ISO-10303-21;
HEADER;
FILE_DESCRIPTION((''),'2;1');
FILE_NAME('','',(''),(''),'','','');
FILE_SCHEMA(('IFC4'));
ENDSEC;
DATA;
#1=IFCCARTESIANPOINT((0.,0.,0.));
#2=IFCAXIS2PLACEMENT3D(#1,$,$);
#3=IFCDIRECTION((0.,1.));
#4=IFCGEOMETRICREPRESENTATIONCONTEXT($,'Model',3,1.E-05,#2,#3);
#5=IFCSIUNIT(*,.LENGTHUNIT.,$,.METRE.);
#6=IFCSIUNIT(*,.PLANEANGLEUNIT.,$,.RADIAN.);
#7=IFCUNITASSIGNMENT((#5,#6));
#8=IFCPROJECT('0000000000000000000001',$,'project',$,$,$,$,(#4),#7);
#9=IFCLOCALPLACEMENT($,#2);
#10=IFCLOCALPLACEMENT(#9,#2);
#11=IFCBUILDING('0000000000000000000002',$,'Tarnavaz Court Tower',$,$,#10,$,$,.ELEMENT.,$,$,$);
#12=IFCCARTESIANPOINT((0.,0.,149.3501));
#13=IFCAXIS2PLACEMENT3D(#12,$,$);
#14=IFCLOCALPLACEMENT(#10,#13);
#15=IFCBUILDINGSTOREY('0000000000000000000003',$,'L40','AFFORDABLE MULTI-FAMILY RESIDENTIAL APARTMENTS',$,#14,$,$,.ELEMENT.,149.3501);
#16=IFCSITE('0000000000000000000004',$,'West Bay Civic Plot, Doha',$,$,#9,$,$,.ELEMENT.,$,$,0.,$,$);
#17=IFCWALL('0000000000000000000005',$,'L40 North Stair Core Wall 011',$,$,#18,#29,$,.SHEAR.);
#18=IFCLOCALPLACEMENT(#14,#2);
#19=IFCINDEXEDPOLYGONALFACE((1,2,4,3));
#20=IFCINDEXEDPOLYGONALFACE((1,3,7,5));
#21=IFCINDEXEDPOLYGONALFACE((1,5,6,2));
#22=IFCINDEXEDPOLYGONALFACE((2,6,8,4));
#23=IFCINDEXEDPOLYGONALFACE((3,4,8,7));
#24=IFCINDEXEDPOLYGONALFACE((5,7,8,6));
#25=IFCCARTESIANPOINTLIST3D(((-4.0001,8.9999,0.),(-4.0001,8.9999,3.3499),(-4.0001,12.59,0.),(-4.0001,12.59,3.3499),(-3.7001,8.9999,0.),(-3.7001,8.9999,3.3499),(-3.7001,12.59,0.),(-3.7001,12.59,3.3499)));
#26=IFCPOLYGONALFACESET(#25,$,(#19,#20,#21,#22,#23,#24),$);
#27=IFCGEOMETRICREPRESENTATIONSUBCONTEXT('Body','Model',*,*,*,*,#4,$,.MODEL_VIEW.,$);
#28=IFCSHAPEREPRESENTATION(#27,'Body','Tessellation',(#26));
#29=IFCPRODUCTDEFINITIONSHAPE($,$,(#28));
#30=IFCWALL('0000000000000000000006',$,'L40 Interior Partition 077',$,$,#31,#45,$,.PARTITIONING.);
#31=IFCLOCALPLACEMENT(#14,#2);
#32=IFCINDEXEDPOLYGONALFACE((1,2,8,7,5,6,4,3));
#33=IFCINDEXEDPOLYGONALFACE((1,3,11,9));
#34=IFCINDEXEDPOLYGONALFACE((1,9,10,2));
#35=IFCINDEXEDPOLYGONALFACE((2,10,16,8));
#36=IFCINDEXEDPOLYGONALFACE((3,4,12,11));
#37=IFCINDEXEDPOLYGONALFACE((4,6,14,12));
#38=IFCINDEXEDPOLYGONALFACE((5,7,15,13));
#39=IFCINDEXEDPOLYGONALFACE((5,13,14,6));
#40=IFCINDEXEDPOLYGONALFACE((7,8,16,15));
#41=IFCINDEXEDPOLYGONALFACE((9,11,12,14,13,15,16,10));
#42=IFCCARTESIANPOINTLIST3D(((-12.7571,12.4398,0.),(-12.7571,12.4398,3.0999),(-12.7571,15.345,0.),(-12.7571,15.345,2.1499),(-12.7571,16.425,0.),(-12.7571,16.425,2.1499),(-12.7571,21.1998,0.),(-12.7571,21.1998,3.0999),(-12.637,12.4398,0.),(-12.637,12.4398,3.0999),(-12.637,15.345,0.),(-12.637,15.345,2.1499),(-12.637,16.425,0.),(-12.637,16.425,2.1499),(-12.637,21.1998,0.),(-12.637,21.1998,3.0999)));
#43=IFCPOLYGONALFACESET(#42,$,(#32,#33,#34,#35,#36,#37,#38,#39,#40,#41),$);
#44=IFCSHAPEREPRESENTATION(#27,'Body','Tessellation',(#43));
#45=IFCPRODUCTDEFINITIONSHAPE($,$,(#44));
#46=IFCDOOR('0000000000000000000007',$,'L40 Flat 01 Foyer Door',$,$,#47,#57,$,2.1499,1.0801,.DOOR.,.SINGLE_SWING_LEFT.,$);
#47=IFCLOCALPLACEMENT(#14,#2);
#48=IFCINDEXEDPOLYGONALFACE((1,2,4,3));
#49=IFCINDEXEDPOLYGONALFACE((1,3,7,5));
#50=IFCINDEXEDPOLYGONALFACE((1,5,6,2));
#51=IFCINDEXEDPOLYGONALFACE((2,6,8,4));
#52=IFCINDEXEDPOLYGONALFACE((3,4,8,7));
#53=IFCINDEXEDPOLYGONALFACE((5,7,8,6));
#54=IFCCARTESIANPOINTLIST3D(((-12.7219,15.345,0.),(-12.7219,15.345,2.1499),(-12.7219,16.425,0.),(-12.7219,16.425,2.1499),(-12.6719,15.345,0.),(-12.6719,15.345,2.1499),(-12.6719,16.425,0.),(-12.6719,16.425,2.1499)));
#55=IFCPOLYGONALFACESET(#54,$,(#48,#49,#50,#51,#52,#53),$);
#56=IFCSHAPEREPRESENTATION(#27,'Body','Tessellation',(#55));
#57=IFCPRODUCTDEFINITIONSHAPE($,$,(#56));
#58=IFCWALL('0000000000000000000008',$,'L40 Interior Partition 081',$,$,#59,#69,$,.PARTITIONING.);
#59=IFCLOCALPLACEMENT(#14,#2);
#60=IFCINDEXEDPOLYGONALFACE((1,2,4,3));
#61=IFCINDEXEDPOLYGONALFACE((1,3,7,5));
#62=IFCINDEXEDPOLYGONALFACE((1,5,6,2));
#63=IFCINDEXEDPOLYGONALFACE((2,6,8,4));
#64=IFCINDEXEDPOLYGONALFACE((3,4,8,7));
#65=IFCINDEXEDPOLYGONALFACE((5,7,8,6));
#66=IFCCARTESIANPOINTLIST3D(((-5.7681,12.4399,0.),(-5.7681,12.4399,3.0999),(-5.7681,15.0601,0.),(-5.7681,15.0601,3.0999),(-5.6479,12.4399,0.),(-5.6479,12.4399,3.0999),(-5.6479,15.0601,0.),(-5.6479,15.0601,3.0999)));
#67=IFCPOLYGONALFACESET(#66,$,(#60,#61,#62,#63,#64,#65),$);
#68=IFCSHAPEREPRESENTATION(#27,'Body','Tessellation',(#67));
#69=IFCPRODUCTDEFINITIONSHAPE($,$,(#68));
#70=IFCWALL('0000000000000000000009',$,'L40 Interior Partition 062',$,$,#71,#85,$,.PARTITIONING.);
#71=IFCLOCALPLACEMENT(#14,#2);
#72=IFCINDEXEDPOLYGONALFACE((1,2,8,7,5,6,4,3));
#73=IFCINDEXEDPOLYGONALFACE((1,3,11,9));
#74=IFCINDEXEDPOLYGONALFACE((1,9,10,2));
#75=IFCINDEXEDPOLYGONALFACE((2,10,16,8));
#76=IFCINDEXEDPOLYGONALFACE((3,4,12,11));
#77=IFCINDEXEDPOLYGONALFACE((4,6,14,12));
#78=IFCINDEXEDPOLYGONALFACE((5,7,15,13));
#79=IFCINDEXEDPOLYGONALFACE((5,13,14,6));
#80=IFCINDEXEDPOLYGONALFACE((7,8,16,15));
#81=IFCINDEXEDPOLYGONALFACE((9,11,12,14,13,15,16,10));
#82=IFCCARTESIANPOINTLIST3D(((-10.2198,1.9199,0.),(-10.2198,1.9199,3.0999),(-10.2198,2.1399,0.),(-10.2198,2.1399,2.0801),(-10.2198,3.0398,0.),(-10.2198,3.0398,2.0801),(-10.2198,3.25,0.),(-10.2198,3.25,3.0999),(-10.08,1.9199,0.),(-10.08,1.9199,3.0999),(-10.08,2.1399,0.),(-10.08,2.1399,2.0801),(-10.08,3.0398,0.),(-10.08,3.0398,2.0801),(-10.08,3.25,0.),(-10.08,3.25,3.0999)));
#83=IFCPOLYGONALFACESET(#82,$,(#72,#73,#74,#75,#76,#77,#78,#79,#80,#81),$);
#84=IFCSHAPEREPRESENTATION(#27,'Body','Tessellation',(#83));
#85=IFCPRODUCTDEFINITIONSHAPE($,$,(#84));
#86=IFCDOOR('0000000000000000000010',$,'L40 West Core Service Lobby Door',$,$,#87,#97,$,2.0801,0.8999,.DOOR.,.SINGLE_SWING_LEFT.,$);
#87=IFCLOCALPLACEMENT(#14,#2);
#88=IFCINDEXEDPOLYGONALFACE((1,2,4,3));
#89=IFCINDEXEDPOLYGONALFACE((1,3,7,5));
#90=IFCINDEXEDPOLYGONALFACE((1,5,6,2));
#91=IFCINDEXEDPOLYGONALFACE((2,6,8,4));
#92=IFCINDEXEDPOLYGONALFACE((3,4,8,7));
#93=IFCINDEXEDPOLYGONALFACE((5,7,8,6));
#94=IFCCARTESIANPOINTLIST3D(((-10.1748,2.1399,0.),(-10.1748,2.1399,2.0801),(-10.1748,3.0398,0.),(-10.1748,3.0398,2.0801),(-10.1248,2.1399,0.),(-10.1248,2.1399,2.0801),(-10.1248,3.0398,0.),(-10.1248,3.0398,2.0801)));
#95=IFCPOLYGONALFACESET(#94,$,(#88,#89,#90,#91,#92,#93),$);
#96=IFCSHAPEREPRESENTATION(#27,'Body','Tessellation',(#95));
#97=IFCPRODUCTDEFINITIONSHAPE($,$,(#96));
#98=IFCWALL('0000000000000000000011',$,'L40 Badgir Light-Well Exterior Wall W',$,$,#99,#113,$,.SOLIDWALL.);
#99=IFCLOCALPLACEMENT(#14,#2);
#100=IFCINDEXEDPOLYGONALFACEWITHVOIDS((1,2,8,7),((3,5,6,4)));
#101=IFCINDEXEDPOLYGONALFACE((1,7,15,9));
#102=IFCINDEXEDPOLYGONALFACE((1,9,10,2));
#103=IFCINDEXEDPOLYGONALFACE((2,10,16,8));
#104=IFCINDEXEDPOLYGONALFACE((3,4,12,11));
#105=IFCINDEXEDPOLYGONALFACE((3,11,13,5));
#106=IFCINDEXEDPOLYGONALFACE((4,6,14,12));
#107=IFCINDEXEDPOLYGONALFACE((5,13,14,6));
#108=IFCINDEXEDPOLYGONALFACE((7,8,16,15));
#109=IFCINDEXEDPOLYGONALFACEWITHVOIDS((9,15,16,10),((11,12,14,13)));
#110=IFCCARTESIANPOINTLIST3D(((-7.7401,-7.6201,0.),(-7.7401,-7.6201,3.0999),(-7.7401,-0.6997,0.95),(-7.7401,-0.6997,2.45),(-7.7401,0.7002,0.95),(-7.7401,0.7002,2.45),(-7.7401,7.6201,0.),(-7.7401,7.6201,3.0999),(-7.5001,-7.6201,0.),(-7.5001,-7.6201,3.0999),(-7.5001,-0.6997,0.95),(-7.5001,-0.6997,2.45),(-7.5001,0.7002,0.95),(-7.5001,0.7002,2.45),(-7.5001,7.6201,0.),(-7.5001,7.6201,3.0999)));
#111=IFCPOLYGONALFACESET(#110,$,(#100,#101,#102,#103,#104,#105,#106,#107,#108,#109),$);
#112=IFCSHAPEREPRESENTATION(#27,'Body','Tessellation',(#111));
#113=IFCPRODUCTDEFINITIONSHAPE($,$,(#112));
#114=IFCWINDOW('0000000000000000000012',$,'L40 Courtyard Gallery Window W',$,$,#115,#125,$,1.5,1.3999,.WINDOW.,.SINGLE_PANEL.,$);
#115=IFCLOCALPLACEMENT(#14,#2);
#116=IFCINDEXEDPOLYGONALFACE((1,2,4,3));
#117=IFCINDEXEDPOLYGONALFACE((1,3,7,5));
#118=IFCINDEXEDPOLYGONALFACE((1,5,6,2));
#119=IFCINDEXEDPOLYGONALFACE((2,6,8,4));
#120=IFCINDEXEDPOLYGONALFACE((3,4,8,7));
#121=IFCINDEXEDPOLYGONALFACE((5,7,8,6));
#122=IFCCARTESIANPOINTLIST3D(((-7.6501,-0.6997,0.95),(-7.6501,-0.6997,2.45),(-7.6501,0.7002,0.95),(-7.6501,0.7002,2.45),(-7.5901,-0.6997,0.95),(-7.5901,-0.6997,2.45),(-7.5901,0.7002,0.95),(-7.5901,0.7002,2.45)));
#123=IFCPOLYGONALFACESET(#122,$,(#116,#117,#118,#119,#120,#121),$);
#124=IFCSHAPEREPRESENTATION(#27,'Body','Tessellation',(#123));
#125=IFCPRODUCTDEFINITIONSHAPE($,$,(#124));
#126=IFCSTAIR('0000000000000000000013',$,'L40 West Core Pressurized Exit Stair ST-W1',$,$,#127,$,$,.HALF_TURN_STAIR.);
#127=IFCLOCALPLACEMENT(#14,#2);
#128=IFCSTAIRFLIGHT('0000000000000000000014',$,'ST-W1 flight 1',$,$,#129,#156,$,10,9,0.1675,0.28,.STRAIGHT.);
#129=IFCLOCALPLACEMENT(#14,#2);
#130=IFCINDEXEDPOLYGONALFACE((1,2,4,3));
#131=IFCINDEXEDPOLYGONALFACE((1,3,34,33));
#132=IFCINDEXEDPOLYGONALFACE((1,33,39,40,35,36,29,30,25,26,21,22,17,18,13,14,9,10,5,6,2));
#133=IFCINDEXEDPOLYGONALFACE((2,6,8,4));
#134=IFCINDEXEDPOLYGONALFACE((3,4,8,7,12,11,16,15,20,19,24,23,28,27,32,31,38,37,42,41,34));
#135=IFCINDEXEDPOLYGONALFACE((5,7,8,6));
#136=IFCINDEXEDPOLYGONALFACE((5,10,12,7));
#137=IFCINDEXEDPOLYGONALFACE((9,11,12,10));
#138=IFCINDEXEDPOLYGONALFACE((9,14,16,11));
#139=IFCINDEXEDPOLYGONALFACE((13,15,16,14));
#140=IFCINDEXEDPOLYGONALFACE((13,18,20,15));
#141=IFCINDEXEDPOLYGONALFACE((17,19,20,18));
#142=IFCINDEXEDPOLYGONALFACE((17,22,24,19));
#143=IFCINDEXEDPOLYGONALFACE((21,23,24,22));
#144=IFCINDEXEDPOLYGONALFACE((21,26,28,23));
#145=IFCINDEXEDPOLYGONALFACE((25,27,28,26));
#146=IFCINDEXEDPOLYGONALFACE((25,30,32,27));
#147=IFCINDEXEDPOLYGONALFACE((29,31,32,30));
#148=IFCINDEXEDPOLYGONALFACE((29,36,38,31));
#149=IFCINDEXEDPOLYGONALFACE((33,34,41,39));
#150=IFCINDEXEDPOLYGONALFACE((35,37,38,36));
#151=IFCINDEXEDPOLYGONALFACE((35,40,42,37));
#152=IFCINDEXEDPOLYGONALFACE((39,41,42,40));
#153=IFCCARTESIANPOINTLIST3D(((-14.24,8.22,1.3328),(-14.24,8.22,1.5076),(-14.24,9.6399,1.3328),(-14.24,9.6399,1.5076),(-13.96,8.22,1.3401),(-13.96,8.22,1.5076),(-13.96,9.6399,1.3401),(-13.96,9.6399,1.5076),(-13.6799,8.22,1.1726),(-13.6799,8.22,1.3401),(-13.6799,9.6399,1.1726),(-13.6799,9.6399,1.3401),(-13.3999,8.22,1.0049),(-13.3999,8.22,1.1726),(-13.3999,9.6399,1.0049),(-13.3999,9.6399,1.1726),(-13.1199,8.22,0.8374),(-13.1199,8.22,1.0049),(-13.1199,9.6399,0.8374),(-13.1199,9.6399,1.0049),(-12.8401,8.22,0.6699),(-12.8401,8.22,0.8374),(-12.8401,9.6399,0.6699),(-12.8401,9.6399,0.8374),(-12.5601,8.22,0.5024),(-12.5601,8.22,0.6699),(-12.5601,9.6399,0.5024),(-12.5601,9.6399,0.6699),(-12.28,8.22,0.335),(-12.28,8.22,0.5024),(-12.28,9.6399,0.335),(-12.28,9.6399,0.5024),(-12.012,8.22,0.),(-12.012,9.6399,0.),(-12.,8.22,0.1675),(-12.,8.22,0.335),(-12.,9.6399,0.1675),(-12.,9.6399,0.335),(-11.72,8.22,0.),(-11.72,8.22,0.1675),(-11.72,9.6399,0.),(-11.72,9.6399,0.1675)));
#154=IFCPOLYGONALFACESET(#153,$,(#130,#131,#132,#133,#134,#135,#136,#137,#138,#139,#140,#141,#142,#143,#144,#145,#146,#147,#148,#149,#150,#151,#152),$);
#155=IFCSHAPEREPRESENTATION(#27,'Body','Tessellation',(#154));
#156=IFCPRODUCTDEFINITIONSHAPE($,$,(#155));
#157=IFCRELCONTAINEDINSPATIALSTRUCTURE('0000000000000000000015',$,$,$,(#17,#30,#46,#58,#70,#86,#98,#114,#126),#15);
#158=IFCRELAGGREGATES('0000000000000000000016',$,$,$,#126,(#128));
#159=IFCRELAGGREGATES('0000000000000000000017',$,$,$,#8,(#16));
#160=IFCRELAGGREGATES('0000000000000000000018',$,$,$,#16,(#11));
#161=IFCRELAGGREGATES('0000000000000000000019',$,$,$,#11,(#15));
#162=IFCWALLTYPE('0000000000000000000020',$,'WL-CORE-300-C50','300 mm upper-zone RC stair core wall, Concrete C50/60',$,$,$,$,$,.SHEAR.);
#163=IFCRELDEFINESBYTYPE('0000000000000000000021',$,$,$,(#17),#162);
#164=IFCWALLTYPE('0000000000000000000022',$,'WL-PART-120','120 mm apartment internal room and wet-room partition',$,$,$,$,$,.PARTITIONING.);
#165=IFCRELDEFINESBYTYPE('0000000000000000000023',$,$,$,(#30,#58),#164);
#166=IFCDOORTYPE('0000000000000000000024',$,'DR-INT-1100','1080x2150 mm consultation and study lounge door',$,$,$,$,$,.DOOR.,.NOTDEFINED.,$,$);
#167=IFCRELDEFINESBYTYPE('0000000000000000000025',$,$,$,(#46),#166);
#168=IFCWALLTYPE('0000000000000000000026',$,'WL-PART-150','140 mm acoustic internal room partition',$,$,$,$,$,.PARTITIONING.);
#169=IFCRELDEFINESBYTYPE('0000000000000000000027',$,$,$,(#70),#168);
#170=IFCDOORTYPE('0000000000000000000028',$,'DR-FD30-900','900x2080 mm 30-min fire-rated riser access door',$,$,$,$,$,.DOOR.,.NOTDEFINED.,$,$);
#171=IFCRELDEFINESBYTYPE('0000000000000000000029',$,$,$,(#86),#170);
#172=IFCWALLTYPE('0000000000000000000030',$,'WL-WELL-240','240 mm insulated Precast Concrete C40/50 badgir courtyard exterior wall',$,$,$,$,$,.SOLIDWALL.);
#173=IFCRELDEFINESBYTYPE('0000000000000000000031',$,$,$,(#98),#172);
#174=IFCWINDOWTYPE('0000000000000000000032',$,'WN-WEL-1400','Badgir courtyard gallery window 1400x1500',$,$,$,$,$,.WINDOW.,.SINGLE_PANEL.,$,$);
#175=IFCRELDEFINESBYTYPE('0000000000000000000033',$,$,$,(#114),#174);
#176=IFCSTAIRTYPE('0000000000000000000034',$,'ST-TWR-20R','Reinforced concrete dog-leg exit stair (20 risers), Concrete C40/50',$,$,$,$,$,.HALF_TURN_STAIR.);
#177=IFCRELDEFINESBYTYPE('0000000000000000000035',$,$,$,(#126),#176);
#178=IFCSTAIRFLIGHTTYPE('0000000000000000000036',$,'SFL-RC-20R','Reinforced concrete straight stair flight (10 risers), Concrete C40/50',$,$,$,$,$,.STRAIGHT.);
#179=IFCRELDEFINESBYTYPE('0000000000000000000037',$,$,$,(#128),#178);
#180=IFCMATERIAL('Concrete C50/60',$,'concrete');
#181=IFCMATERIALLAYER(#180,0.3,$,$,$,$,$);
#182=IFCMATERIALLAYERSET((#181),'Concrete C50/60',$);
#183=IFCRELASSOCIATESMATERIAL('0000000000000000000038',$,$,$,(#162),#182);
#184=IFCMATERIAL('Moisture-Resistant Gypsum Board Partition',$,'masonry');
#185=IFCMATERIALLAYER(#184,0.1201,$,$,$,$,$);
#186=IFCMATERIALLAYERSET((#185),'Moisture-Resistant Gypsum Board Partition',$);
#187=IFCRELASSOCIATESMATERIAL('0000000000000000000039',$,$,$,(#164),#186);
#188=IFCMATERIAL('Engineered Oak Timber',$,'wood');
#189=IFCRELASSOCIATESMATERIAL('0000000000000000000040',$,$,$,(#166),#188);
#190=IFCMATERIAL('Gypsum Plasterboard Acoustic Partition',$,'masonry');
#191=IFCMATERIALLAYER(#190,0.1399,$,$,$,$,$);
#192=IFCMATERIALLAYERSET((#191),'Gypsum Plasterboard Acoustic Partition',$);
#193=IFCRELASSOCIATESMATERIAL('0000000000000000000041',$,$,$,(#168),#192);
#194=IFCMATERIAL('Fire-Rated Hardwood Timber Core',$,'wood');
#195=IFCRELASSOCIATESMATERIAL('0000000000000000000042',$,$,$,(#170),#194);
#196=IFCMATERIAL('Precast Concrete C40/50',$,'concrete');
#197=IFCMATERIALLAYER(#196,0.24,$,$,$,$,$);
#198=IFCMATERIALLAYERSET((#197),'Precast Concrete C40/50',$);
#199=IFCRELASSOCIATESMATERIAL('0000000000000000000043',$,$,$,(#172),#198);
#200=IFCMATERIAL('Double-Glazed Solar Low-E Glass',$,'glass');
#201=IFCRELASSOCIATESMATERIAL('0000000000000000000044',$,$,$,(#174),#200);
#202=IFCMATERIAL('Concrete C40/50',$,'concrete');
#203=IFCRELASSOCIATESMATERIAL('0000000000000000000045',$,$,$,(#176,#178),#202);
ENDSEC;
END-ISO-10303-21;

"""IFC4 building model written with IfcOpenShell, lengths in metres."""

from ifc_helpers import new_model, si_unit, direction, frame, frame_2d, origin, place, context, subcontext, project, spatial, polyline, rectangle, outline, extrude, material, layer, layer_set, type_object, element, fill, aggregate, save


model = new_model("IFC4")

# Units and contexts
model_context = context("Model", 3, precision=1e-05, world=origin(), true_north=direction((0.0, 1.0)))
body_context = subcontext(model_context, "Body", "Model", "MODEL_VIEW")
ifc_project = project(units=[si_unit("LENGTHUNIT", "METRE"), si_unit("PLANEANGLEUNIT", "RADIAN")], contexts=[model_context])

# Site, building, storey
site_placement = place(None, origin())
site = spatial("IfcSite", under=ifc_project, at=site_placement, Name="West Bay Civic Plot, Doha", CompositionType="ELEMENT", RefElevation=0.0)
building_placement = place(site_placement, origin())
building = spatial("IfcBuilding", under=site, at=building_placement, Name="Tarnavaz Court Tower", CompositionType="ELEMENT")
storey_placement = place(building_placement, frame((0.0, 0.0, 149.3501)))
storey = spatial("IfcBuildingStorey", under=building, at=storey_placement, Name="L40", Description="AFFORDABLE MULTI-FAMILY RESIDENTIAL APARTMENTS", CompositionType="ELEMENT", Elevation=149.3501)

# Shared definitions
ifc_material_1 = material(Name="Concrete C50/60", Category="concrete")
ifc_layer_1 = layer(ifc_material_1, 0.3)
ifc_layer_set_1 = layer_set([ifc_layer_1], Name="Concrete C50/60")
wall_type_1 = type_object("IfcWallType", Name="WL-CORE-300-C50", Description="300 mm upper-zone RC stair core wall, Concrete C50/60", PredefinedType="SHEAR", material=ifc_layer_set_1)

# Shared definitions
ifc_material_2 = material(Name="Fire-Rated Hardwood Timber Core", Category="wood")

# Wall
wall_1_placement = place(storey_placement, frame((-3.8501, 9.0, 0.0), z_axis=(0.0, 0.0, 1.0), x_axis=(0.0, 1.0, 0.0)))
element("IfcWall", 1, at=wall_1_placement, inside=storey, type_object=wall_type_1, Name="L40 North Stair Core Wall 011", PredefinedType="SHEAR", context=body_context, shape_type="SweptSolid", body=[
    extrude(rectangle(XDim=3.5901, YDim=0.3, at=frame_2d((1.7949, 0.0))), origin(), (0.0, 0.0, 1.0), 3.3499),
])

# Wall, opening, door
ifc_material_3 = material(Name="Moisture-Resistant Gypsum Board Partition", Category="masonry")
ifc_layer_2 = layer(ifc_material_3, 0.1201)
ifc_layer_set_2 = layer_set([ifc_layer_2], Name="Moisture-Resistant Gypsum Board Partition")
wall_type_2 = type_object("IfcWallType", Name="WL-PART-120", Description="120 mm apartment internal room and wet-room partition", PredefinedType="PARTITIONING", material=ifc_layer_set_2)
wall_2_placement = place(storey_placement, frame((-12.697, 12.4399, 0.0), z_axis=(0.0, 0.0, 1.0), x_axis=(0.0, 1.0, 0.0)))
wall_2 = element("IfcWall", 2, at=wall_2_placement, inside=storey, type_object=wall_type_2, Name="L40 Interior Partition 077", PredefinedType="PARTITIONING", context=body_context, shape_type="SweptSolid", body=[
    extrude(rectangle(XDim=8.76, YDim=0.1201, at=frame_2d((4.3799, 0.0))), origin(), (0.0, 0.0, 1.0), 3.0999),
])
opening_1_placement = place(wall_2_placement, frame((2.905, 0.0, 0.0)))
opening_1 = element("IfcOpeningElement", 3, at=opening_1_placement, cuts=wall_2, PredefinedType="OPENING", context=body_context, shape_type="SweptSolid", body=[
    extrude(rectangle(XDim=1.0801, YDim=2.1499, at=frame_2d((0.54, 1.075))), frame((0.0, 0.0701, 0.0), z_axis=(0.0, -1.0, 0.0), x_axis=(1.0, 0.0, 0.0)), (0.0, 0.0, 1.0), 0.1401),
])
ifc_material_4 = material(Name="Engineered Oak Timber", Category="wood")
door_type_1 = type_object("IfcDoorType", Name="DR-INT-1100", Description="1080x2150 mm consultation and study lounge door", OperationType="NOTDEFINED", PredefinedType="DOOR", material=ifc_material_4)
door_1_placement = place(opening_1_placement, origin())
door_1 = element("IfcDoor", 4, at=door_1_placement, inside=storey, type_object=door_type_1, Name="L40 Flat 01 Foyer Door", OperationType="SINGLE_SWING_LEFT", OverallHeight=2.1499, OverallWidth=1.0801, PredefinedType="DOOR", context=body_context, shape_type="SweptSolid", body=[
    extrude(rectangle(XDim=1.0801, YDim=2.1499, at=frame_2d((0.54, 1.075))), frame((0.0, 0.0249, 0.0), z_axis=(0.0, -1.0, 0.0), x_axis=(1.0, 0.0, 0.0)), (0.0, 0.0, 1.0), 0.05),
])
fill(opening_1, door_1)

# Wall
wall_3_placement = place(storey_placement, frame((-5.708, 12.4399, 0.0), z_axis=(0.0, 0.0, 1.0), x_axis=(0.0, 1.0, 0.0)))
element("IfcWall", 5, at=wall_3_placement, inside=storey, type_object=wall_type_2, Name="L40 Interior Partition 081", PredefinedType="PARTITIONING", context=body_context, shape_type="SweptSolid", body=[
    extrude(rectangle(XDim=2.6201, YDim=0.1201, at=frame_2d((1.3101, 0.0))), origin(), (0.0, 0.0, 1.0), 3.0999),
])

# Wall, opening, door
ifc_material_5 = material(Name="Gypsum Plasterboard Acoustic Partition", Category="masonry")
ifc_layer_3 = layer(ifc_material_5, 0.1399)
ifc_layer_set_3 = layer_set([ifc_layer_3], Name="Gypsum Plasterboard Acoustic Partition")
wall_type_3 = type_object("IfcWallType", Name="WL-PART-150", Description="140 mm acoustic internal room partition", PredefinedType="PARTITIONING", material=ifc_layer_set_3)
wall_4_placement = place(storey_placement, frame((-10.1499, 1.9199, 0.0), z_axis=(0.0, 0.0, 1.0), x_axis=(0.0, 1.0, 0.0)))
wall_4 = element("IfcWall", 6, at=wall_4_placement, inside=storey, type_object=wall_type_3, Name="L40 Interior Partition 062", PredefinedType="PARTITIONING", context=body_context, shape_type="SweptSolid", body=[
    extrude(rectangle(XDim=1.3301, YDim=0.1399, at=frame_2d((0.665, 0.0))), origin(), (0.0, 0.0, 1.0), 3.0999),
])
opening_2_placement = place(wall_4_placement, frame((0.22, 0.0, 0.0)))
opening_2 = element("IfcOpeningElement", 7, at=opening_2_placement, cuts=wall_4, PredefinedType="OPENING", context=body_context, shape_type="SweptSolid", body=[
    extrude(rectangle(XDim=0.8999, YDim=2.0801, at=frame_2d((0.45, 1.04))), frame((0.0, 0.0798, 0.0), z_axis=(0.0, -1.0, 0.0), x_axis=(1.0, 0.0, 0.0)), (0.0, 0.0, 1.0), 0.1599),
])
door_type_2 = type_object("IfcDoorType", Name="DR-FD30-900", Description="900x2080 mm 30-min fire-rated riser access door", OperationType="NOTDEFINED", PredefinedType="DOOR", material=ifc_material_2)
door_2_placement = place(opening_2_placement, origin())
door_2 = element("IfcDoor", 8, at=door_2_placement, inside=storey, type_object=door_type_2, Name="L40 West Core Service Lobby Door", OperationType="SINGLE_SWING_LEFT", OverallHeight=2.0801, OverallWidth=0.8999, PredefinedType="DOOR", context=body_context, shape_type="SweptSolid", body=[
    extrude(rectangle(XDim=0.8999, YDim=2.0801, at=frame_2d((0.45, 1.04))), frame((0.0, 0.0249, 0.0), z_axis=(0.0, -1.0, 0.0), x_axis=(1.0, 0.0, 0.0)), (0.0, 0.0, 1.0), 0.05),
])
fill(opening_2, door_2)

# Wall, opening, window
ifc_material_6 = material(Name="Precast Concrete C40/50", Category="concrete")
ifc_layer_4 = layer(ifc_material_6, 0.24)
ifc_layer_set_4 = layer_set([ifc_layer_4], Name="Precast Concrete C40/50")
wall_type_4 = type_object("IfcWallType", Name="WL-WELL-240", Description="240 mm insulated Precast Concrete C40/50 badgir courtyard exterior wall", PredefinedType="SOLIDWALL", material=ifc_layer_set_4)
wall_5_placement = place(storey_placement, frame((-7.6201, 7.6201, 0.0), z_axis=(0.0, 0.0, 1.0), x_axis=(0.0, -1.0, 0.0)))
wall_5 = element("IfcWall", 9, at=wall_5_placement, inside=storey, type_object=wall_type_4, Name="L40 Badgir Light-Well Exterior Wall W", PredefinedType="SOLIDWALL", context=body_context, shape_type="SweptSolid", body=[
    extrude(rectangle(XDim=15.2402, YDim=0.24, at=frame_2d((7.6201, 0.0))), origin(), (0.0, 0.0, 1.0), 3.0999),
])
opening_3_placement = place(wall_5_placement, frame((6.9199, 0.0, 0.95)))
opening_3 = element("IfcOpeningElement", 10, at=opening_3_placement, cuts=wall_5, PredefinedType="OPENING", context=body_context, shape_type="SweptSolid", body=[
    extrude(rectangle(XDim=1.3999, YDim=1.5, at=frame_2d((0.7, 0.75))), frame((0.0, 0.1299, 0.0), z_axis=(0.0, -1.0, 0.0), x_axis=(1.0, 0.0, 0.0)), (0.0, 0.0, 1.0), 0.26),
])
ifc_material_7 = material(Name="Double-Glazed Solar Low-E Glass", Category="glass")
window_type = type_object("IfcWindowType", Name="WN-WEL-1400", Description="Badgir courtyard gallery window 1400x1500", PartitioningType="SINGLE_PANEL", PredefinedType="WINDOW", material=ifc_material_7)
window_placement = place(opening_3_placement, origin())
window = element("IfcWindow", 11, at=window_placement, inside=storey, type_object=window_type, Name="L40 Courtyard Gallery Window W", OverallHeight=1.5, OverallWidth=1.3999, PartitioningType="SINGLE_PANEL", PredefinedType="WINDOW", context=body_context, shape_type="SweptSolid", body=[
    extrude(rectangle(XDim=1.3999, YDim=1.5, at=frame_2d((0.7, 0.75))), frame((0.0, 0.03, 0.0), z_axis=(0.0, -1.0, 0.0), x_axis=(1.0, 0.0, 0.0)), (0.0, 0.0, 1.0), 0.0601),
])
fill(opening_3, window)

# Stair, stair flight
ifc_material_8 = material(Name="Concrete C40/50", Category="concrete")
stair_type = type_object("IfcStairType", Name="ST-TWR-20R", Description="Reinforced concrete dog-leg exit stair (20 risers), Concrete C40/50", PredefinedType="HALF_TURN_STAIR", material=ifc_material_8)
stair_1_placement = place(storey_placement, origin())
stair_1 = element("IfcStair", 12, at=stair_1_placement, inside=storey, type_object=stair_type, Name="L40 West Core Pressurized Exit Stair ST-W1", PredefinedType="HALF_TURN_STAIR")
stair_flight_type = type_object("IfcStairFlightType", Name="SFL-RC-20R", Description="Reinforced concrete straight stair flight (10 risers), Concrete C40/50", PredefinedType="STRAIGHT", material=ifc_material_8)
stair_flight_1_placement = place(storey_placement, frame((-11.72, 8.9299, 0.0), z_axis=(0.0, 0.0, 1.0), x_axis=(-1.0, 0.0, 0.0)))
stair_flight_1 = element("IfcStairFlight", 13, at=stair_flight_1_placement, type_object=stair_flight_type, Name="ST-W1 flight 1", NumberOfRisers=10, NumberOfTreads=9, PredefinedType="STRAIGHT", RiserHeight=0.1675, TreadLength=0.28, context=body_context, shape_type="SweptSolid", body=[
    extrude(outline(polyline([(0.0, 0.0), (0.0, 0.1675), (0.28, 0.1675), (0.28, 0.335), (0.5601, 0.335), (0.5601, 0.5024), (0.8401, 0.5024), (0.8401, 0.6699), (1.1201, 0.6699), (1.1201, 0.8374), (1.3999, 0.8374), (1.3999, 1.0049), (1.6799, 1.0049), (1.6799, 1.1726), (1.96, 1.1726), (1.96, 1.3401), (2.24, 1.3401), (2.24, 1.5076), (2.52, 1.5076), (2.52, 1.675), (2.52, 1.3328), (0.292, 0.0), (0.0, 0.0)])), frame((0.0, 0.71, 0.0), z_axis=(0.0, -1.0, 0.0), x_axis=(1.0, 0.0, 0.0)), (0.0, 0.0, 1.0), 1.4199),
])
aggregate(stair_1, [stair_flight_1])

save(model, "model.ifc")
